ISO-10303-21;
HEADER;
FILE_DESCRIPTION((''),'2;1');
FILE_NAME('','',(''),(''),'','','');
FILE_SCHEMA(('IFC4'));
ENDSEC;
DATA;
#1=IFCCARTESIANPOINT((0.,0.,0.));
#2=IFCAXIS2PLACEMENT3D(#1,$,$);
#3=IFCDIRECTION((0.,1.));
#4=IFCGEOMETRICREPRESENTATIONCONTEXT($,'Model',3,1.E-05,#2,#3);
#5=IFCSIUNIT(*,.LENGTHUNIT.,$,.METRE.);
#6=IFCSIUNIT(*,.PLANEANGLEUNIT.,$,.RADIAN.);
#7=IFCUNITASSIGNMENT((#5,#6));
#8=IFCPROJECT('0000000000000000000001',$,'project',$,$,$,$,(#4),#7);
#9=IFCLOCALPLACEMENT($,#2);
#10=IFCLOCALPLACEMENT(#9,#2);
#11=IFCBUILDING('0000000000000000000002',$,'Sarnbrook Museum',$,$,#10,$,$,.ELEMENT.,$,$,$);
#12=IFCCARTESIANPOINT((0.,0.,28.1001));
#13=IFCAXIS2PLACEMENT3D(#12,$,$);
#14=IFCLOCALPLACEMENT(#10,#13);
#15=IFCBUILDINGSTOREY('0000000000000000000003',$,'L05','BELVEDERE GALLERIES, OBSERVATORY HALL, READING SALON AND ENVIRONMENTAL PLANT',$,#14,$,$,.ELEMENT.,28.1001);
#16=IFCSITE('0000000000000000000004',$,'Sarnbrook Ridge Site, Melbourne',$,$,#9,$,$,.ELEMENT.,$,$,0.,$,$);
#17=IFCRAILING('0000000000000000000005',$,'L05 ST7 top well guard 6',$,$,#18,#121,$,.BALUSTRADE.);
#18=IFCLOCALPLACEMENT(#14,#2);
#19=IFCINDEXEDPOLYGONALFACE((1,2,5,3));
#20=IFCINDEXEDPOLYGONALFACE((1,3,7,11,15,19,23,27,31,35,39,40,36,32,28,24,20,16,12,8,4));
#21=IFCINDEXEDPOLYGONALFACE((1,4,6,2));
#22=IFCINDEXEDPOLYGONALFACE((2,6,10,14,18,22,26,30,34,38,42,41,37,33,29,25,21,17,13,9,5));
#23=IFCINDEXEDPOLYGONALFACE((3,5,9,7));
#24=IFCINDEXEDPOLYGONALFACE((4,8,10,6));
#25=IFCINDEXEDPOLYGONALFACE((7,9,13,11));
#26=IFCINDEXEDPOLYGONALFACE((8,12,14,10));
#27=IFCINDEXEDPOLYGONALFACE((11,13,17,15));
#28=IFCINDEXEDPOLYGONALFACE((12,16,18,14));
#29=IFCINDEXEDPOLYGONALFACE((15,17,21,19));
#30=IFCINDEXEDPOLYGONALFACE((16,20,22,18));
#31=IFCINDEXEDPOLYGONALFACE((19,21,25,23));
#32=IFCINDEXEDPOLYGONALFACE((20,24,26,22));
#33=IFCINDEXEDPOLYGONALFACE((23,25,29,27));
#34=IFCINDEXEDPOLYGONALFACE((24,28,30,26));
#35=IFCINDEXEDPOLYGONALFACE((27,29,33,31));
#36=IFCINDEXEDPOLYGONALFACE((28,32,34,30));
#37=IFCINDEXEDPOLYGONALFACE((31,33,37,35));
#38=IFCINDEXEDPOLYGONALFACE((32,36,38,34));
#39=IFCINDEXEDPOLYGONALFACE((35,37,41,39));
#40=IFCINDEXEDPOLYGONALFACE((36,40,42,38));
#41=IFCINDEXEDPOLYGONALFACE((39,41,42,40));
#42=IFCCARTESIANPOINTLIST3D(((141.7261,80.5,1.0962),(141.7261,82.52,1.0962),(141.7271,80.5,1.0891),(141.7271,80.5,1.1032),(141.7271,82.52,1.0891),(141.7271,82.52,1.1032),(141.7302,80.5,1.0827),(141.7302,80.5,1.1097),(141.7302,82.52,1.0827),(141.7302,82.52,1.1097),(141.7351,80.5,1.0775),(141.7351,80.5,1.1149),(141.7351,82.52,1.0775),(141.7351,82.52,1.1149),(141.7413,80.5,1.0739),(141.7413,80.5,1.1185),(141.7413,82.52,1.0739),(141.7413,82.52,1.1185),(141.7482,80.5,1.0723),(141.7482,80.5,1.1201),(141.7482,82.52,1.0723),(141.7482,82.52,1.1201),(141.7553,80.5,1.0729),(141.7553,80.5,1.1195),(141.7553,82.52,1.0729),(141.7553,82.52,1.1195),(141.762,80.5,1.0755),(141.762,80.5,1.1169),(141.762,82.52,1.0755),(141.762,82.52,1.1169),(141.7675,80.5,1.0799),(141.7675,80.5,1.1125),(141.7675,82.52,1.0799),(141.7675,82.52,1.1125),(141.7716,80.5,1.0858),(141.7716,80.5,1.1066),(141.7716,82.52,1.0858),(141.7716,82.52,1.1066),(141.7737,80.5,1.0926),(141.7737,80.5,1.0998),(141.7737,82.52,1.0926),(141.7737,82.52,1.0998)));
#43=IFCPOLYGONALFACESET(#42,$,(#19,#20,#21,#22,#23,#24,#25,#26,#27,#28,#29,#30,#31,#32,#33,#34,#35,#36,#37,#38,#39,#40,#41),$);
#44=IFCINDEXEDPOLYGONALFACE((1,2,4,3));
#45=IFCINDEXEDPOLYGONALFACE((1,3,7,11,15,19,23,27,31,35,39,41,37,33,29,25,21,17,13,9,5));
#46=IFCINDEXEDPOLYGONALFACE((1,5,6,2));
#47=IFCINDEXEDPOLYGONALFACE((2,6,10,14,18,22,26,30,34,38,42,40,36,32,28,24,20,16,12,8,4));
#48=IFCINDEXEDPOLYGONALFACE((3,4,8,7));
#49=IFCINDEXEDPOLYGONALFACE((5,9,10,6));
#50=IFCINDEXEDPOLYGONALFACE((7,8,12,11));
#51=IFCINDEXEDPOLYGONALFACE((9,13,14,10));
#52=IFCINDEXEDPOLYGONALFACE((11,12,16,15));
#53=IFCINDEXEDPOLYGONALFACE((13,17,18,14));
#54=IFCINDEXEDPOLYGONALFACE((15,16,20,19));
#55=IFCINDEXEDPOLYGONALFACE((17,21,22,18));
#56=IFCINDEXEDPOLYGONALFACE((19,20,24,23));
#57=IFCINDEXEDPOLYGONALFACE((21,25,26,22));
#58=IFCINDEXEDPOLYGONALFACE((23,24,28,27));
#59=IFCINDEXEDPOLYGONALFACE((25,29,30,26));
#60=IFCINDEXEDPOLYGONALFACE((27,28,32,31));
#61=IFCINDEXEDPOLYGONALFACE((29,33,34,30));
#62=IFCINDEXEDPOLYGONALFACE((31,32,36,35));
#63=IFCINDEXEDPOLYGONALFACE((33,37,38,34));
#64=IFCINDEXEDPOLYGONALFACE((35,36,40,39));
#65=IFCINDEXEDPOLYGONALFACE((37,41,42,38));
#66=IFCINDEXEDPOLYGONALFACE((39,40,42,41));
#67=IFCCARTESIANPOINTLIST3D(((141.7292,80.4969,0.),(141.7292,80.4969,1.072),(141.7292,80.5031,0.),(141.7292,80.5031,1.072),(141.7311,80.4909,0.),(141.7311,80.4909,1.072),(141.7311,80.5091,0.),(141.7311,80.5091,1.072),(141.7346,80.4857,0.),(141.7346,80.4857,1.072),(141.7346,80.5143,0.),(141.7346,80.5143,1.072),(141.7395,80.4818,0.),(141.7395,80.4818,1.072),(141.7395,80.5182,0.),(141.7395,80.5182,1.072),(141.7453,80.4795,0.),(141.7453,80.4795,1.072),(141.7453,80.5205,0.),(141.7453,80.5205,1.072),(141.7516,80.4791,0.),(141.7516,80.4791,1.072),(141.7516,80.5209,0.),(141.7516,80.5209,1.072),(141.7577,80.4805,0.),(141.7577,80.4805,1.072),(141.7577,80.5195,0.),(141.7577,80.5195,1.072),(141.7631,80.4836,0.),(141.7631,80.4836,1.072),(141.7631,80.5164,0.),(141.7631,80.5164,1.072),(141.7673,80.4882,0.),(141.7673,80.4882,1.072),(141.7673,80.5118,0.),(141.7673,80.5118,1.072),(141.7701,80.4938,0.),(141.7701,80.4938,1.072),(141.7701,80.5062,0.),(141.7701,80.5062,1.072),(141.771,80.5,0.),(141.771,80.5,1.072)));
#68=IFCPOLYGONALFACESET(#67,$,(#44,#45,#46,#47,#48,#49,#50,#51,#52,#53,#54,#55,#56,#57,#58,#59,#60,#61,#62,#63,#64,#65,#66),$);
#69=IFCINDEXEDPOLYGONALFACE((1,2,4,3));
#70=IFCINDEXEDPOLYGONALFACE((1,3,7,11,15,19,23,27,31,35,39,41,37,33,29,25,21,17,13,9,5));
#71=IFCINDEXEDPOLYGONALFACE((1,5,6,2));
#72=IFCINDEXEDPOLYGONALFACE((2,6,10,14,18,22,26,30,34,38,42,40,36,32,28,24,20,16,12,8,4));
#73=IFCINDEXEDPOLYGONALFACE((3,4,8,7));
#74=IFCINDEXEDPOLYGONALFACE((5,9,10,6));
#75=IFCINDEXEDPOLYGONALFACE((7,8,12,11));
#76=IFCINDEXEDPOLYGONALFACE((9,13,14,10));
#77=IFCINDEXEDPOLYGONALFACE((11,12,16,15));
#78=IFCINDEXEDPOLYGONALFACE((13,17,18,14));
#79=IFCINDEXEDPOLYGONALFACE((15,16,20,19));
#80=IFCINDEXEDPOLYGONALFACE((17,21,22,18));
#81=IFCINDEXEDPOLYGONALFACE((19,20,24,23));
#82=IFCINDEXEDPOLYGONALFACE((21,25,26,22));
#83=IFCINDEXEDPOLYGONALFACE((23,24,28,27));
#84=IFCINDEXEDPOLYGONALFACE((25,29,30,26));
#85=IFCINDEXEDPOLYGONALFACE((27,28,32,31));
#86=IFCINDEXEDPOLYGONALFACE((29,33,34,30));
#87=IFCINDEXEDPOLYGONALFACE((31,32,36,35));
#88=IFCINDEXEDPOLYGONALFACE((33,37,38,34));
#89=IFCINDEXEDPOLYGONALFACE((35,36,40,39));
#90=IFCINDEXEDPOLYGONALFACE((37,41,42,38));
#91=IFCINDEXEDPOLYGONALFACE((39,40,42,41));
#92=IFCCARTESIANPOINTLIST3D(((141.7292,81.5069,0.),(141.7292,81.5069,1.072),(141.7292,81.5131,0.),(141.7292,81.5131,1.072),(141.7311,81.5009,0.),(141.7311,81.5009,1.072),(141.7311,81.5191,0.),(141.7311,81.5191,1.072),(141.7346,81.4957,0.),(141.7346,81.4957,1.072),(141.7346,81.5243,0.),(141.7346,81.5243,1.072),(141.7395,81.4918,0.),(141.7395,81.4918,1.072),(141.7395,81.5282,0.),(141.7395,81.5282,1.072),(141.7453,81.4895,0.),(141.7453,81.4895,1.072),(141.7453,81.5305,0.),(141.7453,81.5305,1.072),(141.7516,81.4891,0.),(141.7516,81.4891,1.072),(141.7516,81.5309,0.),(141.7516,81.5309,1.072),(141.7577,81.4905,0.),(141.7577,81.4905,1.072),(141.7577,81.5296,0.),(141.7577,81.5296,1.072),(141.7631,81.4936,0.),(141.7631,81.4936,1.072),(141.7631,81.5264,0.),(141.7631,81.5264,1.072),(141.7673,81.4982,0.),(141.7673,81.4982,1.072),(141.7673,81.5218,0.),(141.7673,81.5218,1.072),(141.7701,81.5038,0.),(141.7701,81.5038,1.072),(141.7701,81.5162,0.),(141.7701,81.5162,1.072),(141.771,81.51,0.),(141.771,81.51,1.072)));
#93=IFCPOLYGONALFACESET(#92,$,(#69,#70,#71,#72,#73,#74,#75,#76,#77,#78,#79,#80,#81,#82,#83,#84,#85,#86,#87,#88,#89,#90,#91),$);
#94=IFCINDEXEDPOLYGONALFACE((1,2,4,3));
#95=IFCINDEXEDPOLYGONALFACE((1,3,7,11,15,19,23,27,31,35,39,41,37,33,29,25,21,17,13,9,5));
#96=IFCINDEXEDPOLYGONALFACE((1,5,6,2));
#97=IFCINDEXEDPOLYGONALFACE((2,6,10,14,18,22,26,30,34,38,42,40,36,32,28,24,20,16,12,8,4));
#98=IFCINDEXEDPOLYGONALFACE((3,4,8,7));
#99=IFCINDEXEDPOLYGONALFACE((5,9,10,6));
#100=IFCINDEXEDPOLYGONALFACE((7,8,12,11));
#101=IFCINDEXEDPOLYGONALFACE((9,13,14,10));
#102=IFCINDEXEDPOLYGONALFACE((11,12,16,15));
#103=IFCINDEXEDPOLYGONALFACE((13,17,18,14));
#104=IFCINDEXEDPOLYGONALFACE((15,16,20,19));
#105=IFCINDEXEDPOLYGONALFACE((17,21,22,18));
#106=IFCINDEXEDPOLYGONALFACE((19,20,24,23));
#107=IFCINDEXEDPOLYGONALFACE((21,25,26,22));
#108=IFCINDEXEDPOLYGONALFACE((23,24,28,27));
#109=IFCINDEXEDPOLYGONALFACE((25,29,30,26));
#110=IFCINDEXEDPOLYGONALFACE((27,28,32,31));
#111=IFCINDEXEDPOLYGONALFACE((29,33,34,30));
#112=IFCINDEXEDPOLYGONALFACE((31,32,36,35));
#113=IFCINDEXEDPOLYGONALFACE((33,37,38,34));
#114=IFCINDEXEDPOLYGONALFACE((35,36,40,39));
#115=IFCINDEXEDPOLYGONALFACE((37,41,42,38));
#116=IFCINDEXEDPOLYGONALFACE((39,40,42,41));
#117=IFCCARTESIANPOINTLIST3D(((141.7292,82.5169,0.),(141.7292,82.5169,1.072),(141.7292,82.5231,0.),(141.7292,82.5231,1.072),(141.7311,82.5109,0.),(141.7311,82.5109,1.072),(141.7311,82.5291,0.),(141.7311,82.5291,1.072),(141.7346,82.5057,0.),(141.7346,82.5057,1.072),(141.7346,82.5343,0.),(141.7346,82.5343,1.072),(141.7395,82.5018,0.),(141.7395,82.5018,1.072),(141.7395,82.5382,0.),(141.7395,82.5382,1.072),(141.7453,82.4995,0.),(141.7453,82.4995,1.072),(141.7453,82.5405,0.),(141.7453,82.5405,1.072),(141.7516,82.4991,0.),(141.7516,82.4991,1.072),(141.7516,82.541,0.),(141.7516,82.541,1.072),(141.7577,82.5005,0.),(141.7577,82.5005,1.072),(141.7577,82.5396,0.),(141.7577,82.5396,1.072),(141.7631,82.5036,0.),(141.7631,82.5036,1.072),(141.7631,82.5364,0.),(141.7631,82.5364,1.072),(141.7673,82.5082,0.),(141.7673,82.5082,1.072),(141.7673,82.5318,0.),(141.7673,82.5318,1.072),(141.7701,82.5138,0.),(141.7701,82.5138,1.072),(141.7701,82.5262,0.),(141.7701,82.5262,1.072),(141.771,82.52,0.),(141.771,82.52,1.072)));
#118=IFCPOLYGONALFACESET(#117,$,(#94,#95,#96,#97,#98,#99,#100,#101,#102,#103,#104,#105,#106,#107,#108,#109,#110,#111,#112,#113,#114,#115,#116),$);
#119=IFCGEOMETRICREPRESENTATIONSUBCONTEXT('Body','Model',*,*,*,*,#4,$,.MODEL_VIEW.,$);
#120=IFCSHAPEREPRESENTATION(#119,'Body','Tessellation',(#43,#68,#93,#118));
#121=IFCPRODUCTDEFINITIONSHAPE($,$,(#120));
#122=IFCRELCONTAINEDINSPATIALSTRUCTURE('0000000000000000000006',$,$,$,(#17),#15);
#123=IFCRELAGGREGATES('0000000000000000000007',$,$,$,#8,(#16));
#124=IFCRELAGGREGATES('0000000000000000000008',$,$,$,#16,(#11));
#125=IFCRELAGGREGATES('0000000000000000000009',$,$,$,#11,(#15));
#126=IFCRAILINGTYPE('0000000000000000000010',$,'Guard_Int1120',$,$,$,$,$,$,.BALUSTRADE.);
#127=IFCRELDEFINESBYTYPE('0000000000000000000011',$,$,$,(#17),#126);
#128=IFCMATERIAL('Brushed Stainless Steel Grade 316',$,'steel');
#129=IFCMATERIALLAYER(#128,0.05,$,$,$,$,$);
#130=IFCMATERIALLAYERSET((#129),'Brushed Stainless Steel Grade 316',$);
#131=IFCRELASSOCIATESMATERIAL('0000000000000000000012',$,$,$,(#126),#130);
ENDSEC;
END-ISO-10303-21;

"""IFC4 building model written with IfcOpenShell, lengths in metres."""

from ifc_helpers import new_model, si_unit, direction, frame, origin, origin_2d, place, context, subcontext, project, spatial, circle, extrude, material, layer, layer_set, type_object, element, save


model = new_model("IFC4")

# Units and contexts
model_context = context("Model", 3, precision=1e-05, world=origin(), true_north=direction((0.0, 1.0)))
body_context = subcontext(model_context, "Body", "Model", "MODEL_VIEW")
ifc_project = project(units=[si_unit("LENGTHUNIT", "METRE"), si_unit("PLANEANGLEUNIT", "RADIAN")], contexts=[model_context])

# Site, building, storey
site_placement = place(None, origin())
site = spatial("IfcSite", under=ifc_project, at=site_placement, Name="Sarnbrook Ridge Site, Melbourne", CompositionType="ELEMENT", RefElevation=0.0)
building_placement = place(site_placement, origin())
building = spatial("IfcBuilding", under=site, at=building_placement, Name="Sarnbrook Museum", CompositionType="ELEMENT")
storey_placement = place(building_placement, frame((0.0, 0.0, 28.1001)))
storey = spatial("IfcBuildingStorey", under=building, at=storey_placement, Name="L05", Description="BELVEDERE GALLERIES, OBSERVATORY HALL, READING SALON AND ENVIRONMENTAL PLANT", CompositionType="ELEMENT", Elevation=28.1001)

# Railing
ifc_material_1 = material(Name="Brushed Stainless Steel Grade 316", Category="steel")
ifc_layer_1 = layer(ifc_material_1, 0.05)
ifc_layer_set_1 = layer_set([ifc_layer_1], Name="Brushed Stainless Steel Grade 316")
railing_type = type_object("IfcRailingType", Name="Guard_Int1120", PredefinedType="BALUSTRADE", material=ifc_layer_set_1)
for number, where, name in (
    (1, (141.75, 80.5, 0.0), "L05 ST7 top well guard 6"),
):
    element("IfcRailing", number, at=place(storey_placement, frame(where)), inside=storey, type_object=railing_type, Name=name, PredefinedType="BALUSTRADE", context=body_context, shape_type="SweptSolid", body=[
        extrude(circle(Radius=0.0239, at=origin_2d()), frame((0.0, 0.0, 1.0962), z_axis=(0.0, 1.0, 0.0), x_axis=(-1.0, 0.0, 0.0)), (0.0, 0.0, 1.0), 2.02),
        extrude(circle(Radius=0.021, at=origin_2d()), origin(), (0.0, 0.0, 1.0), 1.072),
        extrude(circle(Radius=0.021, at=origin_2d()), frame((0.0, 1.01, 0.0)), (0.0, 0.0, 1.0), 1.072),
        extrude(circle(Radius=0.021, at=origin_2d()), frame((0.0, 2.02, 0.0)), (0.0, 0.0, 1.0), 1.072),
    ])

save(model, "model.ifc")
